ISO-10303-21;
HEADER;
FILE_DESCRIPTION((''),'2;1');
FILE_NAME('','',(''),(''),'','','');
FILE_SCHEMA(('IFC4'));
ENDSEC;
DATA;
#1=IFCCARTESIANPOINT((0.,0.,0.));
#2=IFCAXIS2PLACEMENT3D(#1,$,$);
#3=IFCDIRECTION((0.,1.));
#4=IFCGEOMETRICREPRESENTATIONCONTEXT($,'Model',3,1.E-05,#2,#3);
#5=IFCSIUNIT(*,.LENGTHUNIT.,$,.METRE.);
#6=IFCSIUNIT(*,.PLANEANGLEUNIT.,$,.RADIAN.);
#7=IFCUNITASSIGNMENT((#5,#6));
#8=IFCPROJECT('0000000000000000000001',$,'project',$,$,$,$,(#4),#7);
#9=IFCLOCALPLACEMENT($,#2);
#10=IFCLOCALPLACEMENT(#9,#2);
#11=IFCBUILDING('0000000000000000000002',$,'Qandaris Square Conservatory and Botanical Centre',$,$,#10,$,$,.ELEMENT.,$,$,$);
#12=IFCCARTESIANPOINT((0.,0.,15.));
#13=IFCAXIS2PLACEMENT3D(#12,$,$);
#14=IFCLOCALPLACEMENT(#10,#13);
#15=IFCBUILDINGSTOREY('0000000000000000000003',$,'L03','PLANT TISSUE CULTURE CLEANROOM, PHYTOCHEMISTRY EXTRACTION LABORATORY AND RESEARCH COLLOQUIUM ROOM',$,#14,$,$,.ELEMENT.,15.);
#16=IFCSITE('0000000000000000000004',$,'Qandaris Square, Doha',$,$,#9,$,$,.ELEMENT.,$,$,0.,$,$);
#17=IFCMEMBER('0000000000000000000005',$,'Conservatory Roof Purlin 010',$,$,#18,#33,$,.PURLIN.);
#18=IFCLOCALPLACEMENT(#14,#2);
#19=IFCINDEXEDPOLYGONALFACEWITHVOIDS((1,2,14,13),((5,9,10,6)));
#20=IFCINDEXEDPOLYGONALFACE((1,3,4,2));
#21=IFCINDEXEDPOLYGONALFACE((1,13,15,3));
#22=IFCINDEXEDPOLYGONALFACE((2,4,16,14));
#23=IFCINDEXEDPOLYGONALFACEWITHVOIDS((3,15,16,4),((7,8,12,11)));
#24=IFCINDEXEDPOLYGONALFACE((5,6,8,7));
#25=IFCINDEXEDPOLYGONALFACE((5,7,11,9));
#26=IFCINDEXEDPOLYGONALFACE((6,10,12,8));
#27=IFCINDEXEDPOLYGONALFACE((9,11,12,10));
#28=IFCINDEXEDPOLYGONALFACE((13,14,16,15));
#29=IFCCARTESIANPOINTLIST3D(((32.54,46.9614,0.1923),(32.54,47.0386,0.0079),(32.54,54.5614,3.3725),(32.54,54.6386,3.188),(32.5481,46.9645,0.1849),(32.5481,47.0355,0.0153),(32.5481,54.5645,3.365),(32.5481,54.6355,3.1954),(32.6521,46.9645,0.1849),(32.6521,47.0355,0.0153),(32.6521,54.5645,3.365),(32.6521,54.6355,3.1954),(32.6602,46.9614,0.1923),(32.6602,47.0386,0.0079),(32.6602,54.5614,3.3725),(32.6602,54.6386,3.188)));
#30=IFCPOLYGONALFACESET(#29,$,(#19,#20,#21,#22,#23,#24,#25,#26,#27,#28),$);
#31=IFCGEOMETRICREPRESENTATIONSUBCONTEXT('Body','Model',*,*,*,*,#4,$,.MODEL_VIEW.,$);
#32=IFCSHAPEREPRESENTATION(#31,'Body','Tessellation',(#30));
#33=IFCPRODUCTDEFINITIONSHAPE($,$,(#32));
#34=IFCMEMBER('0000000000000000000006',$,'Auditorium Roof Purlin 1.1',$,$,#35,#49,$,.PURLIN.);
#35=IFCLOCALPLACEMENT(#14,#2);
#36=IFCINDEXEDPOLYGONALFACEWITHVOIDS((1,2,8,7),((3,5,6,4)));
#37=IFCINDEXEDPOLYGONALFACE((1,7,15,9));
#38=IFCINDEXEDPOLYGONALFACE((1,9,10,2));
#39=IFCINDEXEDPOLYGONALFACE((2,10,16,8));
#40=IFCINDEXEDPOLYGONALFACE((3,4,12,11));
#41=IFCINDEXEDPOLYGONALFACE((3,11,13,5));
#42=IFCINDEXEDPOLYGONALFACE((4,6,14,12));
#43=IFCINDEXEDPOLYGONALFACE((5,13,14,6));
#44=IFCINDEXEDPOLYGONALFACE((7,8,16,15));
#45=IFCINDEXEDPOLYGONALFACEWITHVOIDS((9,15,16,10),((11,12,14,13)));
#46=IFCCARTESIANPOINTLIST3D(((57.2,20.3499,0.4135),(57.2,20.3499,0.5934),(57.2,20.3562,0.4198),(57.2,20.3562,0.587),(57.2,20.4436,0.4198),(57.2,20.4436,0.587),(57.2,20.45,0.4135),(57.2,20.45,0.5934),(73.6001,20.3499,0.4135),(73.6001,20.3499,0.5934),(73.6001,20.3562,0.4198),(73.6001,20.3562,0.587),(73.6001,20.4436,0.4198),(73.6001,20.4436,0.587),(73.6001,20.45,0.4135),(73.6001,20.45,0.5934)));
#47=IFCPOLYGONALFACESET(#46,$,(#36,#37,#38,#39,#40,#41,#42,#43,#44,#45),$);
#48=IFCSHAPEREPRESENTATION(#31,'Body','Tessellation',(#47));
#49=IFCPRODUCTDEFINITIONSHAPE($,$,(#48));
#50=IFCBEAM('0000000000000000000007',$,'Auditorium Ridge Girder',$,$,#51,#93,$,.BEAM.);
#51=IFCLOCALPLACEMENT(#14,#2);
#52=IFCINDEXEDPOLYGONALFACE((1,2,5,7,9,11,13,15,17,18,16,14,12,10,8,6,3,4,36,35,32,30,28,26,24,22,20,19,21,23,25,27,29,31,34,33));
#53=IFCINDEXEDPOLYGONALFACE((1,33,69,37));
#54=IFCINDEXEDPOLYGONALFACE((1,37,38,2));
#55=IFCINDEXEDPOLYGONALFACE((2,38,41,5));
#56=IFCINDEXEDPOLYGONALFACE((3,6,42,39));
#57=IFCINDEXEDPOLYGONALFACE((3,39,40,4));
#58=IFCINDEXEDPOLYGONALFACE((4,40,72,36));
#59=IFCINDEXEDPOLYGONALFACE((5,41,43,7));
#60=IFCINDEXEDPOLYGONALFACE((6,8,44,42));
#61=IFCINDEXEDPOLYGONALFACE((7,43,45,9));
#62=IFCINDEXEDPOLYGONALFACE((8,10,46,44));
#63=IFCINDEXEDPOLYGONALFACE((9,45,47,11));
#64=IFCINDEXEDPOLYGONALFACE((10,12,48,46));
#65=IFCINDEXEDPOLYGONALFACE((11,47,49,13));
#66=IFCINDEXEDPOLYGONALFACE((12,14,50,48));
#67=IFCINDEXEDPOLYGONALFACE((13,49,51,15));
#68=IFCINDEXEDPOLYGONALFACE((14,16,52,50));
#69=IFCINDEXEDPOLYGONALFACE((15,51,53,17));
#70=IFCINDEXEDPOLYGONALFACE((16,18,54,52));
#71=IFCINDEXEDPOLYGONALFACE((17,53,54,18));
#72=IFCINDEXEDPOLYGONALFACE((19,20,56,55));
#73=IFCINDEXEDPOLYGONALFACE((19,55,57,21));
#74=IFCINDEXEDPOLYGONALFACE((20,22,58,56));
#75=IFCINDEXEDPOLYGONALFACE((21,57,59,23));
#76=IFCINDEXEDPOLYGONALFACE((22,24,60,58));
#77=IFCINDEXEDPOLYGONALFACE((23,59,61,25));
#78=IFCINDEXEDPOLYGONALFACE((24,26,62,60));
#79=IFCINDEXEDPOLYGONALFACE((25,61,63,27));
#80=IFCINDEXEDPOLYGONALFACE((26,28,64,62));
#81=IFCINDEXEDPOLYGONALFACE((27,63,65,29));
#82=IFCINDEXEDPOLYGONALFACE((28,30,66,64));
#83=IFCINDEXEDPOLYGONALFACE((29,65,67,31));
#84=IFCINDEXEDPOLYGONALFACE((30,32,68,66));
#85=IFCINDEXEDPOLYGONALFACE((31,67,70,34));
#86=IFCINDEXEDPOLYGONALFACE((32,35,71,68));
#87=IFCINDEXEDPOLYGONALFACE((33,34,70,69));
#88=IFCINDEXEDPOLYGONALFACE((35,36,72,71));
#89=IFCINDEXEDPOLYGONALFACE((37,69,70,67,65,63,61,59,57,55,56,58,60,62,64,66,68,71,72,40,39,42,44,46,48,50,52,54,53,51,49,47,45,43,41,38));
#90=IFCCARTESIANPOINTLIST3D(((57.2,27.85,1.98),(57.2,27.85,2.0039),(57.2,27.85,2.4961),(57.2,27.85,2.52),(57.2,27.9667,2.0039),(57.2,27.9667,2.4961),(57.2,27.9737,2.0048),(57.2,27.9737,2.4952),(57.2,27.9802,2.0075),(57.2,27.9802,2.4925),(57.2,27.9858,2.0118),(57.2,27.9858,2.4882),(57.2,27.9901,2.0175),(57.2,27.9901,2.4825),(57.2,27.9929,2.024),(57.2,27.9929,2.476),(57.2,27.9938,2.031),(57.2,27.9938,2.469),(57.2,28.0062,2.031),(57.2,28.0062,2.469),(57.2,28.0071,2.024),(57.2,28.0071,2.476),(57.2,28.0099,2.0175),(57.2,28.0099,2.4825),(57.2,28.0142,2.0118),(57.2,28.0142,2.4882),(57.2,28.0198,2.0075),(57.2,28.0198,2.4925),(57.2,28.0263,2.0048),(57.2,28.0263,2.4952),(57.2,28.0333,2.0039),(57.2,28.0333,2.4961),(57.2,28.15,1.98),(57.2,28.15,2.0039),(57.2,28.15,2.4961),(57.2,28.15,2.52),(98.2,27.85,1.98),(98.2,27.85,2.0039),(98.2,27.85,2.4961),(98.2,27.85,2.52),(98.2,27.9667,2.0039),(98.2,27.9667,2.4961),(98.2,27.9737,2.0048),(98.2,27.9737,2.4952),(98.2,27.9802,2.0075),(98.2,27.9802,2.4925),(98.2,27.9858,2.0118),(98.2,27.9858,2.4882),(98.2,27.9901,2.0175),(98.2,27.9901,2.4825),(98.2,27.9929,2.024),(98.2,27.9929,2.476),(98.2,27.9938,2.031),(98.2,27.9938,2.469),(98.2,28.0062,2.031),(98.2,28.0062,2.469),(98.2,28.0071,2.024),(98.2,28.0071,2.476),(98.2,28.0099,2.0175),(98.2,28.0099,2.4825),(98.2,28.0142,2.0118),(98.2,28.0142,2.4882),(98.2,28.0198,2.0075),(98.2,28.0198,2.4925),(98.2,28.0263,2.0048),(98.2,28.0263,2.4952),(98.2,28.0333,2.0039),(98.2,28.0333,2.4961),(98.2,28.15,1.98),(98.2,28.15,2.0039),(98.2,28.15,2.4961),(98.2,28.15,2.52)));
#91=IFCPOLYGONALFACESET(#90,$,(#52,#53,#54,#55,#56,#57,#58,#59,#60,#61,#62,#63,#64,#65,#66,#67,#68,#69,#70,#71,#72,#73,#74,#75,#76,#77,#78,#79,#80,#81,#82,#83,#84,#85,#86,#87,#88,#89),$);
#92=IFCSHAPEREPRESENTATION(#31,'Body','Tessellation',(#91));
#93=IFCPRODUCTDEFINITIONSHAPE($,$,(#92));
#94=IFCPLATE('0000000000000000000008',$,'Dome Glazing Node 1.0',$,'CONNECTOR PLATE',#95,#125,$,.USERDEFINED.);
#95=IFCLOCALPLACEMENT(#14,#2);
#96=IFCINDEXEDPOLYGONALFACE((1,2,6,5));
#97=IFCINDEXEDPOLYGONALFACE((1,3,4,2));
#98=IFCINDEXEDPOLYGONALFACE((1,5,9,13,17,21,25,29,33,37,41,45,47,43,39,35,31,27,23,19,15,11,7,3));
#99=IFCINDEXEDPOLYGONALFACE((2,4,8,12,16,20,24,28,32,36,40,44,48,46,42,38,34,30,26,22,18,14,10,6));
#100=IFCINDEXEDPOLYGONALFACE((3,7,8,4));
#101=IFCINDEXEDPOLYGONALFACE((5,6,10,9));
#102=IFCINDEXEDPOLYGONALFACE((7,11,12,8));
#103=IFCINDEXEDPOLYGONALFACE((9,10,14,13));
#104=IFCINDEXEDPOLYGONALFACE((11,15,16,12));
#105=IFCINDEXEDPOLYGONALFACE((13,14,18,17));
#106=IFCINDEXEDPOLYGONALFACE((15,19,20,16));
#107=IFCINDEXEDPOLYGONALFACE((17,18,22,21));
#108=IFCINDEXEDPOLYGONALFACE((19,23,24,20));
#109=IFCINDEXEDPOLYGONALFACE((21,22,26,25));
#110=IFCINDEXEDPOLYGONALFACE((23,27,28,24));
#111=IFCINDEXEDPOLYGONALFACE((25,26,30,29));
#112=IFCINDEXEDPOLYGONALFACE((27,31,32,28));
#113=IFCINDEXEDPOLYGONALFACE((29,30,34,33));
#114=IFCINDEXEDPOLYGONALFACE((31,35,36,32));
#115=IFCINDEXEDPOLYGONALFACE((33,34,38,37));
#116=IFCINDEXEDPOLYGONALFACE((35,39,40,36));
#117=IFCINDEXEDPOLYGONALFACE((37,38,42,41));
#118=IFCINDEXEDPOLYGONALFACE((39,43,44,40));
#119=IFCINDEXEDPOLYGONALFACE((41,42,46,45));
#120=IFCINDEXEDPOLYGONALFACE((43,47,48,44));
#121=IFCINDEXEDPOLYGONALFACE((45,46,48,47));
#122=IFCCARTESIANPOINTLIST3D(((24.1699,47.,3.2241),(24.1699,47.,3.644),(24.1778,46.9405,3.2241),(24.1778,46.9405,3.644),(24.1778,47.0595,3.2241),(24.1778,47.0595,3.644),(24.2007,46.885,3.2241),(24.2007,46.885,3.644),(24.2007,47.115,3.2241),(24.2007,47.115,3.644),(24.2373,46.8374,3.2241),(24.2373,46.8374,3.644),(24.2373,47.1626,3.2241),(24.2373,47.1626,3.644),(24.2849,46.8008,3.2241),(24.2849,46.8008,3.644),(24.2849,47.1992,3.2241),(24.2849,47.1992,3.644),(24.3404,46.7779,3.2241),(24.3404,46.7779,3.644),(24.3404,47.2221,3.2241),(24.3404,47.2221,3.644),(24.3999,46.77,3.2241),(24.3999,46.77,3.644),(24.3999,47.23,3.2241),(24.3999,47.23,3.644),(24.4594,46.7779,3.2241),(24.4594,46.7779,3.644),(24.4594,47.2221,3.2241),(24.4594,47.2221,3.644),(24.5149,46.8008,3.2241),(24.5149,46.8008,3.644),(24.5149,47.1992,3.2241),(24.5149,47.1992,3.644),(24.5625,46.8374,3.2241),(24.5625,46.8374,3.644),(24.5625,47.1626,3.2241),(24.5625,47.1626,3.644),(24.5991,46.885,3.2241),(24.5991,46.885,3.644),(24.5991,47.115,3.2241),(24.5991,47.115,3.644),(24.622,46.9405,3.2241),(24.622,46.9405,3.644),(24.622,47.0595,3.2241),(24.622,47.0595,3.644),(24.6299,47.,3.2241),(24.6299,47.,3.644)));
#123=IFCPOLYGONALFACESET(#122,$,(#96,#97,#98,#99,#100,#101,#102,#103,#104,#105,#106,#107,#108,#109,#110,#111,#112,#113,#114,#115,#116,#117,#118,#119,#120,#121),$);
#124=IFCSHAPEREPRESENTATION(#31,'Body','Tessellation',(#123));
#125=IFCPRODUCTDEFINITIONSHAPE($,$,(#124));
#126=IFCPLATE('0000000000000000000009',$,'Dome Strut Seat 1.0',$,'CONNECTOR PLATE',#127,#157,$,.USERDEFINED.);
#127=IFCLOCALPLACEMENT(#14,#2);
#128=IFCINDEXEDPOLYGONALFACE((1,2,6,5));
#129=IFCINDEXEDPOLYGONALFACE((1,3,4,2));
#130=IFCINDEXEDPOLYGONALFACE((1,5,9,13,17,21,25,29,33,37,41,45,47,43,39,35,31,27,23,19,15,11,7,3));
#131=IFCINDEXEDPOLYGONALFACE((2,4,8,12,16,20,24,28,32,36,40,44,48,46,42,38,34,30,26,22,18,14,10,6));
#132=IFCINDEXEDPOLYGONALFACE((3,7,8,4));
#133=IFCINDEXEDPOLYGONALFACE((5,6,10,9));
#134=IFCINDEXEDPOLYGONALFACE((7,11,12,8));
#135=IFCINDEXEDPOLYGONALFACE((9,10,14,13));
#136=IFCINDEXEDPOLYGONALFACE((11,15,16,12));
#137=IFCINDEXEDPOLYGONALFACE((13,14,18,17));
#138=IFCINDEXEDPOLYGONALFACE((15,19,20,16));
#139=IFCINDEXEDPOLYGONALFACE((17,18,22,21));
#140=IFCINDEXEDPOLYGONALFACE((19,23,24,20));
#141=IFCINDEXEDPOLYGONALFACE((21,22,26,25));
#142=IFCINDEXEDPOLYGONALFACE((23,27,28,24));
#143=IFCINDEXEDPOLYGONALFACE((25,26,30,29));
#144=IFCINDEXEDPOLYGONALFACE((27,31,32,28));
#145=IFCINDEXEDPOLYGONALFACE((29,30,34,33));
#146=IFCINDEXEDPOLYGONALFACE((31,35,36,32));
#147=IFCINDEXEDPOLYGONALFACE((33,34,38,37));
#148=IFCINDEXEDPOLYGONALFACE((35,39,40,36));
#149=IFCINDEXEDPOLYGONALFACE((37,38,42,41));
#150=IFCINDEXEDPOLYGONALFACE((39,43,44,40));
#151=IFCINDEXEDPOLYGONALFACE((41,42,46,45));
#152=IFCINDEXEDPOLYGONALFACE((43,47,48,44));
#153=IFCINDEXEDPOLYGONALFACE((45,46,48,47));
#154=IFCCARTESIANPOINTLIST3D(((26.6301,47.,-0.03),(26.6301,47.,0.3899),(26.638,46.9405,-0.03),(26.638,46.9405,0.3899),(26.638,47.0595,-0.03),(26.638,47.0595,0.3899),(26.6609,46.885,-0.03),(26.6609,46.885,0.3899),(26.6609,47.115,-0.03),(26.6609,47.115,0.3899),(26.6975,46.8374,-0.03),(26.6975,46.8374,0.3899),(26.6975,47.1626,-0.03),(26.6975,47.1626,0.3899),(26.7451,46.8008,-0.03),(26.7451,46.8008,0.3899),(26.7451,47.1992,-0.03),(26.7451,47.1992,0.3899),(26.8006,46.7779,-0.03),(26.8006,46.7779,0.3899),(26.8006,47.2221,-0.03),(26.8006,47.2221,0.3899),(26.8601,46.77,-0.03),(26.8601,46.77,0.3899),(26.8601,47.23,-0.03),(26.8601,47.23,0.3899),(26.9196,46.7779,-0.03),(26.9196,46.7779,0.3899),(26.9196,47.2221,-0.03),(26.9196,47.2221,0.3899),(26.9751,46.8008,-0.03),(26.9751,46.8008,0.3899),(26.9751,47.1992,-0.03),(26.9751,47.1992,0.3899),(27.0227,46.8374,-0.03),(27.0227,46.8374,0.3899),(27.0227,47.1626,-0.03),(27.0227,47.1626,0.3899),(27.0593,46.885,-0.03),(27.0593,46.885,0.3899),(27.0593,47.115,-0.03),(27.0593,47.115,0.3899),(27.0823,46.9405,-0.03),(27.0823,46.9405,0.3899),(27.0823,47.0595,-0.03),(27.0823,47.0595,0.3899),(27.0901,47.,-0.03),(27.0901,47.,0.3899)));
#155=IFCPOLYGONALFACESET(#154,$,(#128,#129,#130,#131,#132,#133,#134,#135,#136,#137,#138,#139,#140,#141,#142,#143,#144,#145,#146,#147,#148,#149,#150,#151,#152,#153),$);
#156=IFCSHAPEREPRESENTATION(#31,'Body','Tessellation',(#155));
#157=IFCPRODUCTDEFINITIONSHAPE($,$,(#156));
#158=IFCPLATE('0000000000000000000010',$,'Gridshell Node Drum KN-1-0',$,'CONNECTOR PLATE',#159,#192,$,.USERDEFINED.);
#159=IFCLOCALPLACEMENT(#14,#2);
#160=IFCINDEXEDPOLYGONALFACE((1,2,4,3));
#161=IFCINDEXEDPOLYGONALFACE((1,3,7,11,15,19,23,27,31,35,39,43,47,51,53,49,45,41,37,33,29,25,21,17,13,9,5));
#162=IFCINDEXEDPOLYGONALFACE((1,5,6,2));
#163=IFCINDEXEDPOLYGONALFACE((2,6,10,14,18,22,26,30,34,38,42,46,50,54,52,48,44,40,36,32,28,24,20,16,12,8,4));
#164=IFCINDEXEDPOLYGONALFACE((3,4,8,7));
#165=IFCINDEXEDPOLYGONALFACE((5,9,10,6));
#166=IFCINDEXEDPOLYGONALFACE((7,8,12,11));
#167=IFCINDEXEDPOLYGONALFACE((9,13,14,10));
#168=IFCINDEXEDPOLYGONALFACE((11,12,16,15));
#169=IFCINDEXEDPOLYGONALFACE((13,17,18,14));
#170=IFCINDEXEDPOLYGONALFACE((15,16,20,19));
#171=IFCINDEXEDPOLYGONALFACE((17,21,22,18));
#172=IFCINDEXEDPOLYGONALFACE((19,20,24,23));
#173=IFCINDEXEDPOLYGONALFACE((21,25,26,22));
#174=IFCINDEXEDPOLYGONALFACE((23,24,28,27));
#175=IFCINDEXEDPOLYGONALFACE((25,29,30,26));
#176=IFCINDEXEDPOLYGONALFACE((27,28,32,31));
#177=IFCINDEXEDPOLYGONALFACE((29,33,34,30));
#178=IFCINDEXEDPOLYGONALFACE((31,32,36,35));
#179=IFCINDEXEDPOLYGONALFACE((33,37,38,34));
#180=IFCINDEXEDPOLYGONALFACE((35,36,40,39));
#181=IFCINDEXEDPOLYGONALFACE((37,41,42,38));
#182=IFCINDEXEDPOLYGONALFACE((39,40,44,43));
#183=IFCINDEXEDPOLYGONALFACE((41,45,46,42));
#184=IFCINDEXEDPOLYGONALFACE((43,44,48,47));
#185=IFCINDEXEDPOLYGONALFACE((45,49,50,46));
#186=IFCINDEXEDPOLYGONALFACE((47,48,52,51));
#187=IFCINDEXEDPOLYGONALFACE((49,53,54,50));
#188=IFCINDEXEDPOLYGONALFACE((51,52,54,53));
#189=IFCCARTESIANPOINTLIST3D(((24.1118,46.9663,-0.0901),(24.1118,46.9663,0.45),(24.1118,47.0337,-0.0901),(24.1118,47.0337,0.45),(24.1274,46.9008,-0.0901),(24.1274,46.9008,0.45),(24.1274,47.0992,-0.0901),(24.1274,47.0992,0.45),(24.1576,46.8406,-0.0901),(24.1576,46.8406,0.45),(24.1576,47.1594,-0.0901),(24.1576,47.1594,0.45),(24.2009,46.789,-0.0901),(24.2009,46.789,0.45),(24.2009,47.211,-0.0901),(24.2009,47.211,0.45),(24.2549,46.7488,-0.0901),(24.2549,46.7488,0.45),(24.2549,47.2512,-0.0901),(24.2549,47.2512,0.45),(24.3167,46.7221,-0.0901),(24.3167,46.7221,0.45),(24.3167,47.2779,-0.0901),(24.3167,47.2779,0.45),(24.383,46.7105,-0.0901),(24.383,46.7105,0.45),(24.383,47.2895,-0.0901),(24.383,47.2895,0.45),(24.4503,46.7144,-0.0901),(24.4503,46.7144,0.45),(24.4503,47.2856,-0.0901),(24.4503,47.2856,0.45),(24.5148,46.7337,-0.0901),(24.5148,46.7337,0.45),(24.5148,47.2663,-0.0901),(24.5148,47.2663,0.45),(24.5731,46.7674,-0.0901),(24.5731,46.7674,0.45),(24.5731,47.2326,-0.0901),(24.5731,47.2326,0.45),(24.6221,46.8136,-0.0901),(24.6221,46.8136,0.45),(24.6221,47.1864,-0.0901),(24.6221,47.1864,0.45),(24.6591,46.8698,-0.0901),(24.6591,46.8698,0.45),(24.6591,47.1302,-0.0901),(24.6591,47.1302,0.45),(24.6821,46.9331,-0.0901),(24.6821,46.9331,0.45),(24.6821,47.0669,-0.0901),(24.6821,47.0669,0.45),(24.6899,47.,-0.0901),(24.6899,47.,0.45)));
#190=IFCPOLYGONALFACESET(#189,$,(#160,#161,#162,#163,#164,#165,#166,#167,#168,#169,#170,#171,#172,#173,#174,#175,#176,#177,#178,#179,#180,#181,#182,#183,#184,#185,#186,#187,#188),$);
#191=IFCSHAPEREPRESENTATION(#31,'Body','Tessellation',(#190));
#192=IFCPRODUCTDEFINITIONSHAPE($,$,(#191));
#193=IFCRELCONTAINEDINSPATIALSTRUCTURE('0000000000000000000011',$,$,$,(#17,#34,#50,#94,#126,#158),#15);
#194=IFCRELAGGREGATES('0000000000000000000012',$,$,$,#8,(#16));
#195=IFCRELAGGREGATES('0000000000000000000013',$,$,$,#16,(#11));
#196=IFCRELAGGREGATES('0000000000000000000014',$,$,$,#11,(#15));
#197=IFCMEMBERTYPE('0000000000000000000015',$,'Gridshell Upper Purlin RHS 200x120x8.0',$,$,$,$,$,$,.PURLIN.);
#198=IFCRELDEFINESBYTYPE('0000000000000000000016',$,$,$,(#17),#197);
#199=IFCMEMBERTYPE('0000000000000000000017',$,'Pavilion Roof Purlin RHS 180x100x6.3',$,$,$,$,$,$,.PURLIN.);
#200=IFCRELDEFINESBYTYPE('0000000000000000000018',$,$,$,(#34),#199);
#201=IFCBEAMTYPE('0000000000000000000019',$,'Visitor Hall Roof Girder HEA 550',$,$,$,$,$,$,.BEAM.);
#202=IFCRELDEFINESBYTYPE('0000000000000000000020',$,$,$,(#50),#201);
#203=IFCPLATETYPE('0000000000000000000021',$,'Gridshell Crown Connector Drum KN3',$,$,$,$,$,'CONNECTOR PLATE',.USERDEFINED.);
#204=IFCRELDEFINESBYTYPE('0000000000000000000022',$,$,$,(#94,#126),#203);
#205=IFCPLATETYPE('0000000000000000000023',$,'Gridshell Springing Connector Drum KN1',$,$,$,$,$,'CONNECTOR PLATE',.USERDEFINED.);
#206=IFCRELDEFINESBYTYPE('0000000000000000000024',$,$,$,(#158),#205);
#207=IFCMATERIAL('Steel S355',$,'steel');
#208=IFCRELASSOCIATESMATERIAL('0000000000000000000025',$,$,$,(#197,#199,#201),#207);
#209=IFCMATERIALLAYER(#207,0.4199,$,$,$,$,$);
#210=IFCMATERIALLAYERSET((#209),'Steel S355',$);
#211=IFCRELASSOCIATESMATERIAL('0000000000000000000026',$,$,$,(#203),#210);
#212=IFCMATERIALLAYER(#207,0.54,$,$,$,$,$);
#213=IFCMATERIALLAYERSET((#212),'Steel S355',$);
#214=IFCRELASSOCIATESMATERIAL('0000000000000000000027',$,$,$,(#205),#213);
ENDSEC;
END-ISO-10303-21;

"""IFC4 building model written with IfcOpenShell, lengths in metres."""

from ifc_helpers import new_model, si_unit, direction, frame, origin, origin_2d, place, context, subcontext, project, spatial, hollow_rectangle, circle, i_section, extrude, material, layer, layer_set, material_profile, profile_set, type_object, element, save


model = new_model("IFC4")

# Units and contexts
model_context = context("Model", 3, precision=1e-05, world=origin(), true_north=direction((0.0, 1.0)))
body_context = subcontext(model_context, "Body", "Model", "MODEL_VIEW")
ifc_project = project(units=[si_unit("LENGTHUNIT", "METRE"), si_unit("PLANEANGLEUNIT", "RADIAN")], contexts=[model_context])

# Site, building, storey
site_placement = place(None, origin())
site = spatial("IfcSite", under=ifc_project, at=site_placement, Name="Qandaris Square, Doha", CompositionType="ELEMENT", RefElevation=0.0)
building_placement = place(site_placement, origin())
building = spatial("IfcBuilding", under=site, at=building_placement, Name="Qandaris Square Conservatory and Botanical Centre", CompositionType="ELEMENT")
storey_placement = place(building_placement, frame((0.0, 0.0, 15.0)))
storey = spatial("IfcBuildingStorey", under=building, at=storey_placement, Name="L03", Description="PLANT TISSUE CULTURE CLEANROOM, PHYTOCHEMISTRY EXTRACTION LABORATORY AND RESEARCH COLLOQUIUM ROOM", CompositionType="ELEMENT", Elevation=15.0)

# Shared definitions
ifc_material_1 = material(Name="Steel S355", Category="steel")

# Members
ifc_material_profile_1 = material_profile(ifc_material_1, hollow_rectangle(XDim=0.1201, YDim=0.2, WallThickness=0.0081, at=origin_2d()), Name="RHS 200x120x8.0")
ifc_profile_set_1 = profile_set([ifc_material_profile_1], Name="Steel S355")
member_type_1 = type_object("IfcMemberType", Name="Gridshell Upper Purlin RHS 200x120x8.0", PredefinedType="PURLIN", material=ifc_profile_set_1)
member_1_placement = place(storey_placement, frame((32.6001, 47.0, 0.1001), z_axis=(0.0, 0.922495, 0.386008), x_axis=(-1.0, 0.0, 0.0)))
element("IfcMember", 1, at=member_1_placement, inside=storey, type_object=member_type_1, Name="Conservatory Roof Purlin 010", PredefinedType="PURLIN", context=body_context, shape_type="SweptSolid", body=[
    extrude(hollow_rectangle(XDim=0.1201, YDim=0.2, WallThickness=0.0081, at=origin_2d()), origin(), (0.0, 0.0, 1.0), 8.2385),
])
ifc_material_profile_2 = material_profile(ifc_material_1, hollow_rectangle(XDim=0.1001, YDim=0.1799, WallThickness=0.0063, at=origin_2d()), Name="RHS 180x100x6.3")
ifc_profile_set_2 = profile_set([ifc_material_profile_2], Name="Steel S355")
member_type_2 = type_object("IfcMemberType", Name="Pavilion Roof Purlin RHS 180x100x6.3", PredefinedType="PURLIN", material=ifc_profile_set_2)
member_2_placement = place(storey_placement, frame((57.2, 20.3999, 0.5034), z_axis=(1.0, 0.0, 0.0), x_axis=(0.0, 1.0, 0.0)))
element("IfcMember", 2, at=member_2_placement, inside=storey, type_object=member_type_2, Name="Auditorium Roof Purlin 1.1", PredefinedType="PURLIN", context=body_context, shape_type="SweptSolid", body=[
    extrude(hollow_rectangle(XDim=0.1001, YDim=0.1799, WallThickness=0.0063, at=origin_2d()), origin(), (0.0, 0.0, 1.0), 16.4001),
])

# Beam
ifc_material_profile_3 = material_profile(ifc_material_1, i_section(OverallWidth=0.3, OverallDepth=0.54, WebThickness=0.0125, FlangeThickness=0.0239, FilletRadius=0.0271, at=origin_2d()), Name="HEA 550")
ifc_profile_set_3 = profile_set([ifc_material_profile_3], Name="Steel S355")
beam_type_1 = type_object("IfcBeamType", Name="Visitor Hall Roof Girder HEA 550", PredefinedType="BEAM", material=ifc_profile_set_3)
beam_1_placement = place(storey_placement, frame((57.2, 28.0, 2.25), z_axis=(1.0, 0.0, 0.0), x_axis=(0.0, 1.0, 0.0)))
element("IfcBeam", 3, at=beam_1_placement, inside=storey, type_object=beam_type_1, Name="Auditorium Ridge Girder", PredefinedType="BEAM", context=body_context, shape_type="SweptSolid", body=[
    extrude(i_section(OverallWidth=0.3, OverallDepth=0.54, WebThickness=0.0125, FlangeThickness=0.0239, FilletRadius=0.0271, at=origin_2d()), origin(), (0.0, 0.0, 1.0), 41.0),
])

# Plates
ifc_layer_1 = layer(ifc_material_1, 0.4199)
ifc_layer_set_1 = layer_set([ifc_layer_1], Name="Steel S355")
plate_type_1 = type_object("IfcPlateType", Name="Gridshell Crown Connector Drum KN3", ElementType="CONNECTOR PLATE", PredefinedType="USERDEFINED", material=ifc_layer_set_1)
for number, where, z_axis, x_axis, name in (
    (4, (24.3999, 47.0, 3.2241), (0.0, 0.0, 1.0), (1.0, 0.0, 0.0), "Dome Glazing Node 1.0"),
    (5, (26.8601, 47.0, -0.03), (0.0, 0.0, 1.0), (1.0, 0.0, 0.0), "Dome Strut Seat 1.0"),
):
    element("IfcPlate", number, at=place(storey_placement, frame(where, z_axis=z_axis, x_axis=x_axis)), inside=storey, type_object=plate_type_1, Name=name, ObjectType="CONNECTOR PLATE", PredefinedType="USERDEFINED", context=body_context, shape_type="SweptSolid", body=[
        extrude(circle(Radius=0.23, at=origin_2d()), origin(), (0.0, 0.0, 1.0), 0.4199),
    ])
ifc_layer_2 = layer(ifc_material_1, 0.54)
ifc_layer_set_2 = layer_set([ifc_layer_2], Name="Steel S355")
plate_type_2 = type_object("IfcPlateType", Name="Gridshell Springing Connector Drum KN1", ElementType="CONNECTOR PLATE", PredefinedType="USERDEFINED", material=ifc_layer_set_2)
for number, where, z_axis, x_axis, name in (
    (6, (24.3999, 47.0, -0.0901), (0.0, 0.0, 1.0), (1.0, 0.0, 0.0), "Gridshell Node Drum KN-1-0"),
):
    element("IfcPlate", number, at=place(storey_placement, frame(where, z_axis=z_axis, x_axis=x_axis)), inside=storey, type_object=plate_type_2, Name=name, ObjectType="CONNECTOR PLATE", PredefinedType="USERDEFINED", context=body_context, shape_type="SweptSolid", body=[
        extrude(circle(Radius=0.29, at=origin_2d()), origin(), (0.0, 0.0, 1.0), 0.54),
    ])

save(model, "model.ifc")
